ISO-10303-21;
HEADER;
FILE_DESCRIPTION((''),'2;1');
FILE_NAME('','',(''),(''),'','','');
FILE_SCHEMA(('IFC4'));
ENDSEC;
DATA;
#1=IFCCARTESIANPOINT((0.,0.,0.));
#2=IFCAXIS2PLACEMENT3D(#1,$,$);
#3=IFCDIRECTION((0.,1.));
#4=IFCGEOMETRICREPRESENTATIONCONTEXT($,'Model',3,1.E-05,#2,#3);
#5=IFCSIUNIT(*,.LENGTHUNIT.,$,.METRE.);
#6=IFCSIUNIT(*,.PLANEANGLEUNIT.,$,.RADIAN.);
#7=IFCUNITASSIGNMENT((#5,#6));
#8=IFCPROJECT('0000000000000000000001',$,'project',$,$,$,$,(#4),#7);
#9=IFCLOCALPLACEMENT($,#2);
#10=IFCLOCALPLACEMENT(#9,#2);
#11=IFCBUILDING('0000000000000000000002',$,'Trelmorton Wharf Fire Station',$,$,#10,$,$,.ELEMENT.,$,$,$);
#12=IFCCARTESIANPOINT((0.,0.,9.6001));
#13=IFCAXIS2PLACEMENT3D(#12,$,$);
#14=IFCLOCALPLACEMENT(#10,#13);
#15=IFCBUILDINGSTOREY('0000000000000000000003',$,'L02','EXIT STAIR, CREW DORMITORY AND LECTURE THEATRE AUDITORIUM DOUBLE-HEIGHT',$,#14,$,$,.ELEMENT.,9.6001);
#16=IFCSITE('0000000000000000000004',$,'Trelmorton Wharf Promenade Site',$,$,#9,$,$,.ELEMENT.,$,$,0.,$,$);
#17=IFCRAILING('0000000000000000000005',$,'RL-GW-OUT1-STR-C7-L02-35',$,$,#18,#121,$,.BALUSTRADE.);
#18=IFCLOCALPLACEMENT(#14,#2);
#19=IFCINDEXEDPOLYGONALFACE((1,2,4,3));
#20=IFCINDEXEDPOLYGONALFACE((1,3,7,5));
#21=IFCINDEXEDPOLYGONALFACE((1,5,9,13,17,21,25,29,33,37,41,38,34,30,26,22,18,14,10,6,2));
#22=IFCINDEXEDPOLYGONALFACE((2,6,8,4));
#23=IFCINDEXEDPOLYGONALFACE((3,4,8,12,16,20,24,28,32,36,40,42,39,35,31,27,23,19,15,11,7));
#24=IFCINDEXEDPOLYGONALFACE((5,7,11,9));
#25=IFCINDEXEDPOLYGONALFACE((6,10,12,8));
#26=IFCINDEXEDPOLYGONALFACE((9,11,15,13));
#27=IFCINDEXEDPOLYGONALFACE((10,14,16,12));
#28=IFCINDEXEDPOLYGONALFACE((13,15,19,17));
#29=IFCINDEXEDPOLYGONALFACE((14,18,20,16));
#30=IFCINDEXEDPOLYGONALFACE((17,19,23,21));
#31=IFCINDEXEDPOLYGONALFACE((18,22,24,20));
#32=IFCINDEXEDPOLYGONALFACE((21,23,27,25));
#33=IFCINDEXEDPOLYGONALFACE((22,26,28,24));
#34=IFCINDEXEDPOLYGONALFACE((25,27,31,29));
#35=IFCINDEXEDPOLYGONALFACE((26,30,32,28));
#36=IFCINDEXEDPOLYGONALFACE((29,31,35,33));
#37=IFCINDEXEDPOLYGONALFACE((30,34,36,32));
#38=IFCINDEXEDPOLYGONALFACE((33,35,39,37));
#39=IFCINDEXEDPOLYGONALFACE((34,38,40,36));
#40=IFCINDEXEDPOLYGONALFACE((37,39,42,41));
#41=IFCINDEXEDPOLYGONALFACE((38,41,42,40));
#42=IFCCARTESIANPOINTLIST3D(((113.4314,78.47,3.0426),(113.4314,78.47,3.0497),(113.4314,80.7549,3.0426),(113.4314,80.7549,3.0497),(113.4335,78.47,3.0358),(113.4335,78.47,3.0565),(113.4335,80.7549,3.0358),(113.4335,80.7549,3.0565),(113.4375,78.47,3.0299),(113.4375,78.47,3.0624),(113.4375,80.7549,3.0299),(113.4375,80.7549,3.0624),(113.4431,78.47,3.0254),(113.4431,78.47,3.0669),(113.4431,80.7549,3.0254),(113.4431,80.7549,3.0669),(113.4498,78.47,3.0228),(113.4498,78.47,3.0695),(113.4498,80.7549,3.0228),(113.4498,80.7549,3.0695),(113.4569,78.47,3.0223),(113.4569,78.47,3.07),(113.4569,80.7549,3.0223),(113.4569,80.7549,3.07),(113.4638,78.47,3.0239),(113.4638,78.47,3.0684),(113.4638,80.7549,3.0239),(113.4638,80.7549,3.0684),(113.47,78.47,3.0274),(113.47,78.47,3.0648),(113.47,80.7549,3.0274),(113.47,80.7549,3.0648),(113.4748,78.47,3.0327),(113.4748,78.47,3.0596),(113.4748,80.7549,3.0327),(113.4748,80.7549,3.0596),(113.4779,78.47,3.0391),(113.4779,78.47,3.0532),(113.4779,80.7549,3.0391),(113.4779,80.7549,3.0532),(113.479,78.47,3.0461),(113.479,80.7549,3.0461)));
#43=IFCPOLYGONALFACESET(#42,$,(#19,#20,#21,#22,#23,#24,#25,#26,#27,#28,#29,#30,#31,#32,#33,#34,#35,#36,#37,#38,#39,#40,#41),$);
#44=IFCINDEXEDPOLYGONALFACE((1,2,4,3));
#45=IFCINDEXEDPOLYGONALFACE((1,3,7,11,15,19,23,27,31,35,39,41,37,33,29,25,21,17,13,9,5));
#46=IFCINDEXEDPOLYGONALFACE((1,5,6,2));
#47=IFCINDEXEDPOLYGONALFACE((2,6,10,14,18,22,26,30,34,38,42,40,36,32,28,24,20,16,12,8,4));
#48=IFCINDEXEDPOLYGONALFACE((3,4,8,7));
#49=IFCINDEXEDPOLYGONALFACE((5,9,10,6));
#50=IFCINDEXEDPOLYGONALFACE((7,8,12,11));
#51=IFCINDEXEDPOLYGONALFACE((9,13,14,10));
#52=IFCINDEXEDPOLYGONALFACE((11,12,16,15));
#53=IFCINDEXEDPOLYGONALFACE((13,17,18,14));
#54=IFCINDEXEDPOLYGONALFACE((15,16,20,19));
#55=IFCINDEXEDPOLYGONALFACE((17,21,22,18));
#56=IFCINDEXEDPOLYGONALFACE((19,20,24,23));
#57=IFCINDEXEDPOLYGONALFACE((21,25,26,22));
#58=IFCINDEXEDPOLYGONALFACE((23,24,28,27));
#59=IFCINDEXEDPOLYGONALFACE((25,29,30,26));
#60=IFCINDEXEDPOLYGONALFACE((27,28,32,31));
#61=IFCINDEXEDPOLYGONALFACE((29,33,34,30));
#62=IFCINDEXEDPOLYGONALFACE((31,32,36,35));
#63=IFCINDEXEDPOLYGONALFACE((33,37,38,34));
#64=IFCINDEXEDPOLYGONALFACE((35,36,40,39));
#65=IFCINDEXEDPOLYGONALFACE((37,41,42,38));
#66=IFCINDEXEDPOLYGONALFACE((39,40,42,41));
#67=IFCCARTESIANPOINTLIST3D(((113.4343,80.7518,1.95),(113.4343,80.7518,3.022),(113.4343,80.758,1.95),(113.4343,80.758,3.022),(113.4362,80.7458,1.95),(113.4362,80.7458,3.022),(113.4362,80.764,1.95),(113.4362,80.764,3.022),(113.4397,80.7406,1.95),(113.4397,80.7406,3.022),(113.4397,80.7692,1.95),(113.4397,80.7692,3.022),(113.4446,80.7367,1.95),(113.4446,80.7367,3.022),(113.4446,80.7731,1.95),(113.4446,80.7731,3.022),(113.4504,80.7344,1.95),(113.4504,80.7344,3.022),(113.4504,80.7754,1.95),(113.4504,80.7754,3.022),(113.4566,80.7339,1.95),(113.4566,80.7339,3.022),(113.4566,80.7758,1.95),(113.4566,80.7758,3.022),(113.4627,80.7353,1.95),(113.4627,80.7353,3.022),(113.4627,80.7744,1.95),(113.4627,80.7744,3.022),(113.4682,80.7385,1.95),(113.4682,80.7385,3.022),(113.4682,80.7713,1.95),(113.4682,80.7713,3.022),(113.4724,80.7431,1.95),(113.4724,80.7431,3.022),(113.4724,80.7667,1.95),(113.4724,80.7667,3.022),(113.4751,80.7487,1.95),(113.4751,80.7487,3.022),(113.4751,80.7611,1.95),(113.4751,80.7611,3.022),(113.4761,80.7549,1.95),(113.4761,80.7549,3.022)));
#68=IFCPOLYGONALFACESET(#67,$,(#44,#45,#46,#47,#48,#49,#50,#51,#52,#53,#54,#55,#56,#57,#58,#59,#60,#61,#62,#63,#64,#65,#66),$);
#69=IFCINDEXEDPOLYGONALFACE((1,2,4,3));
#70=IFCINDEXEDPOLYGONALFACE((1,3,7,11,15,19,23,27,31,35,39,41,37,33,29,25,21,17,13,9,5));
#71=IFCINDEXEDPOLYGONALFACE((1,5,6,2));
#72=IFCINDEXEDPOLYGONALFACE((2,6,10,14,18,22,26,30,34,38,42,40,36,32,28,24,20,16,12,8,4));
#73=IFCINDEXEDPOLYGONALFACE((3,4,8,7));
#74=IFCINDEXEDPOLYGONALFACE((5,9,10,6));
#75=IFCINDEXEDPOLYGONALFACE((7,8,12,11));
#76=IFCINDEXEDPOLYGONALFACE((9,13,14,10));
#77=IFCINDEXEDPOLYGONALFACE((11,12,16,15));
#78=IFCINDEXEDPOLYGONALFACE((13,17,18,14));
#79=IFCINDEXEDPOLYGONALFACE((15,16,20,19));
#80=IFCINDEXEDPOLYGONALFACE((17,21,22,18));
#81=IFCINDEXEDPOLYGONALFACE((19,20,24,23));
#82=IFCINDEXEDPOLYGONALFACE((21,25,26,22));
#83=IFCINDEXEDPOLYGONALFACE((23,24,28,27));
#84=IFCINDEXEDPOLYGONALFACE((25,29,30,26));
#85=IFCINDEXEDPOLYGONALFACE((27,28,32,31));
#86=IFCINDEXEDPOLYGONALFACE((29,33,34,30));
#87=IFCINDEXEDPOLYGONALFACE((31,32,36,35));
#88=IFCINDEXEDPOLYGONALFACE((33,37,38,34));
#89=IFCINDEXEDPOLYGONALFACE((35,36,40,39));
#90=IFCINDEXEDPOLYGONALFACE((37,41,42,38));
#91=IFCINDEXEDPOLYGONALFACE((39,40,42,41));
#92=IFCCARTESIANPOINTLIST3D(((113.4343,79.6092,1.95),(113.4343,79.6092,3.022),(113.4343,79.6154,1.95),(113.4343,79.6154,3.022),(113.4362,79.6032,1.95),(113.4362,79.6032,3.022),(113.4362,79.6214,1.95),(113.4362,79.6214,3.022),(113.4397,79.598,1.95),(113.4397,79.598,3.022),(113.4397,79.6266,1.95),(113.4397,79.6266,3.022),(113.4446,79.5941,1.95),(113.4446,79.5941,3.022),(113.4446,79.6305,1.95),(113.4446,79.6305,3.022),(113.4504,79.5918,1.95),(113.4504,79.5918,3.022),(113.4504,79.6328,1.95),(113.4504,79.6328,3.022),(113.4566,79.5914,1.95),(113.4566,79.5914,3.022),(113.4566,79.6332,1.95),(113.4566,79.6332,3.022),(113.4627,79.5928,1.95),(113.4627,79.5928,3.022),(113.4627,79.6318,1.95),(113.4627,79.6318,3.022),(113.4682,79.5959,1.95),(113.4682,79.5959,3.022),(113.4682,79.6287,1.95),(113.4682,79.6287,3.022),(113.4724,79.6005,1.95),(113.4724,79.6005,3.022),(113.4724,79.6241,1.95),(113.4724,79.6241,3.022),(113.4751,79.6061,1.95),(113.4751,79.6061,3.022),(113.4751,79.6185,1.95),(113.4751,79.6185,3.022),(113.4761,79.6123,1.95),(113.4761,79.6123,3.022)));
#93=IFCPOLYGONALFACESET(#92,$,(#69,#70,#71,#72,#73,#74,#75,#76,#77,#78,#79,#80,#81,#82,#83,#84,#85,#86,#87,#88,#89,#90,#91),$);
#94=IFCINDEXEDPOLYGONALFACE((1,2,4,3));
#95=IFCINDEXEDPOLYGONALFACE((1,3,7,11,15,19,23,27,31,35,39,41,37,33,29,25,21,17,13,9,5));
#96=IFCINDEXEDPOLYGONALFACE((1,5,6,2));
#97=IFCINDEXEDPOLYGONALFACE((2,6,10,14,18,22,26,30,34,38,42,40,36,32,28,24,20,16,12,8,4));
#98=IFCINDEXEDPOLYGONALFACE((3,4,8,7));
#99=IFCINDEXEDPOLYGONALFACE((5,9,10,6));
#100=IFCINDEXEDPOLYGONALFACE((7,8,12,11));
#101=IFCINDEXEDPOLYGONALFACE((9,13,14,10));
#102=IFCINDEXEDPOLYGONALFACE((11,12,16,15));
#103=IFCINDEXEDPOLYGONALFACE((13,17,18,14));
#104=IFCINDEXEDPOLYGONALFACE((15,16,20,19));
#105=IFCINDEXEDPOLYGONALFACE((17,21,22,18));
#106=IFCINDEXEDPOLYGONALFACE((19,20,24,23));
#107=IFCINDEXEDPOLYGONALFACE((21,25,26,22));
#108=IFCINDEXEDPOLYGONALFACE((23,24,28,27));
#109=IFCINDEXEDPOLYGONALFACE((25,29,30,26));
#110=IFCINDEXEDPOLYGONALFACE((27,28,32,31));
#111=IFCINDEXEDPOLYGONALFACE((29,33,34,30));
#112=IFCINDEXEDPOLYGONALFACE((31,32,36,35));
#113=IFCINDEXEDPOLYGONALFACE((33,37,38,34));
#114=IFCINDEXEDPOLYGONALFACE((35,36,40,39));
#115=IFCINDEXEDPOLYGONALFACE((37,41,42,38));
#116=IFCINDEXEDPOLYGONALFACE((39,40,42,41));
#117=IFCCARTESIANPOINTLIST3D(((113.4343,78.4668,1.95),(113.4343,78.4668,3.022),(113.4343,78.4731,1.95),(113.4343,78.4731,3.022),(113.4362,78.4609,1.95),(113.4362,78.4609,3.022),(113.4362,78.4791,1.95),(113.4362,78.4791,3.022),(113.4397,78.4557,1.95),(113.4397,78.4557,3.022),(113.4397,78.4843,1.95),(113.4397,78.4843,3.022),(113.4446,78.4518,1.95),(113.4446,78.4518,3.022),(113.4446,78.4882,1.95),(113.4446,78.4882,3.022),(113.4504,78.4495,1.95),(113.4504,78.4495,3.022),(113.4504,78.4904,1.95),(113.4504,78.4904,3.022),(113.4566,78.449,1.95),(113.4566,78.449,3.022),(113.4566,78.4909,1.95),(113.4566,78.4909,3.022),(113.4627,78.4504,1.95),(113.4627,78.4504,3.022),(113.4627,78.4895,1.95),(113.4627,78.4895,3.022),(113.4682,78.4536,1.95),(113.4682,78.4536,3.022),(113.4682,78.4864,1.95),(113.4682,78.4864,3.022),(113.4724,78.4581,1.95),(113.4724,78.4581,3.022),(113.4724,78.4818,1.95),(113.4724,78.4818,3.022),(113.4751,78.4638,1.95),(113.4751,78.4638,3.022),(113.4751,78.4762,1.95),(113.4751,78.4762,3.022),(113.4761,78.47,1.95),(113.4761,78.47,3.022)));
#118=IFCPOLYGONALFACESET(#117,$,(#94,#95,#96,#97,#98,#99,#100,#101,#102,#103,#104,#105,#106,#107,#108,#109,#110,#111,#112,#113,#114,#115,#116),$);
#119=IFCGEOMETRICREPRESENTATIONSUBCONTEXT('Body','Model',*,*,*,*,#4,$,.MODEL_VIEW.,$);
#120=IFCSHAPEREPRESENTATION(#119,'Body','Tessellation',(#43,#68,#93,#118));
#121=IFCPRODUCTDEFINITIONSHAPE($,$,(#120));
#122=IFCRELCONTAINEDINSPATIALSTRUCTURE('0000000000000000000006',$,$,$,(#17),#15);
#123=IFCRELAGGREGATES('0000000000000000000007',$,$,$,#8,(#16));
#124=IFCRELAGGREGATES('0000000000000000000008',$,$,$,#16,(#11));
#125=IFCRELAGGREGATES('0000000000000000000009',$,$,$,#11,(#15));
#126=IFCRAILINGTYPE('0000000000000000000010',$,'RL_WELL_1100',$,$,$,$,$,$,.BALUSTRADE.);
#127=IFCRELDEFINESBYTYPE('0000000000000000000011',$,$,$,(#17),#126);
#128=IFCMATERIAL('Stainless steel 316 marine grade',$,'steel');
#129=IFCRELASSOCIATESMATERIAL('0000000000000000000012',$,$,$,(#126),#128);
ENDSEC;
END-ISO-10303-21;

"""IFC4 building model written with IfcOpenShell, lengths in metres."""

from ifc_helpers import new_model, si_unit, direction, frame, origin, origin_2d, place, context, subcontext, project, spatial, circle, extrude, material, type_object, element, save


model = new_model("IFC4")

# Units and contexts
model_context = context("Model", 3, precision=1e-05, world=origin(), true_north=direction((0.0, 1.0)))
body_context = subcontext(model_context, "Body", "Model", "MODEL_VIEW")
ifc_project = project(units=[si_unit("LENGTHUNIT", "METRE"), si_unit("PLANEANGLEUNIT", "RADIAN")], contexts=[model_context])

# Site, building, storey
site_placement = place(None, origin())
site = spatial("IfcSite", under=ifc_project, at=site_placement, Name="Trelmorton Wharf Promenade Site", CompositionType="ELEMENT", RefElevation=0.0)
building_placement = place(site_placement, origin())
building = spatial("IfcBuilding", under=site, at=building_placement, Name="Trelmorton Wharf Fire Station", CompositionType="ELEMENT")
storey_placement = place(building_placement, frame((0.0, 0.0, 9.6001)))
storey = spatial("IfcBuildingStorey", under=building, at=storey_placement, Name="L02", Description="EXIT STAIR, CREW DORMITORY AND LECTURE THEATRE AUDITORIUM DOUBLE-HEIGHT", CompositionType="ELEMENT", Elevation=9.6001)

# Shared definitions
ifc_material_1 = material(Name="Stainless steel 316 marine grade", Category="steel")

# Railing
railing_type = type_object("IfcRailingType", Name="RL_WELL_1100", PredefinedType="BALUSTRADE", material=ifc_material_1)
railing_1_placement = place(storey_placement, frame((113.4551, 80.7549, 1.95)))
element("IfcRailing", 1, at=railing_1_placement, inside=storey, type_object=railing_type, Name="RL-GW-OUT1-STR-C7-L02-35", PredefinedType="BALUSTRADE", context=body_context, shape_type="SweptSolid", body=[
    extrude(circle(Radius=0.0239, at=origin_2d()), frame((0.0, 0.0, 1.0962), z_axis=(0.0, -1.0, 0.0), x_axis=(1.0, 0.0, 0.0)), (0.0, 0.0, 1.0), 2.2849),
    extrude(circle(Radius=0.021, at=origin_2d()), origin(), (0.0, 0.0, 1.0), 1.072),
    extrude(circle(Radius=0.021, at=origin_2d()), frame((0.0, -1.1426, 0.0)), (0.0, 0.0, 1.0), 1.072),
    extrude(circle(Radius=0.021, at=origin_2d()), frame((0.0, -2.2849, 0.0)), (0.0, 0.0, 1.0), 1.072),
])

save(model, "model.ifc")
